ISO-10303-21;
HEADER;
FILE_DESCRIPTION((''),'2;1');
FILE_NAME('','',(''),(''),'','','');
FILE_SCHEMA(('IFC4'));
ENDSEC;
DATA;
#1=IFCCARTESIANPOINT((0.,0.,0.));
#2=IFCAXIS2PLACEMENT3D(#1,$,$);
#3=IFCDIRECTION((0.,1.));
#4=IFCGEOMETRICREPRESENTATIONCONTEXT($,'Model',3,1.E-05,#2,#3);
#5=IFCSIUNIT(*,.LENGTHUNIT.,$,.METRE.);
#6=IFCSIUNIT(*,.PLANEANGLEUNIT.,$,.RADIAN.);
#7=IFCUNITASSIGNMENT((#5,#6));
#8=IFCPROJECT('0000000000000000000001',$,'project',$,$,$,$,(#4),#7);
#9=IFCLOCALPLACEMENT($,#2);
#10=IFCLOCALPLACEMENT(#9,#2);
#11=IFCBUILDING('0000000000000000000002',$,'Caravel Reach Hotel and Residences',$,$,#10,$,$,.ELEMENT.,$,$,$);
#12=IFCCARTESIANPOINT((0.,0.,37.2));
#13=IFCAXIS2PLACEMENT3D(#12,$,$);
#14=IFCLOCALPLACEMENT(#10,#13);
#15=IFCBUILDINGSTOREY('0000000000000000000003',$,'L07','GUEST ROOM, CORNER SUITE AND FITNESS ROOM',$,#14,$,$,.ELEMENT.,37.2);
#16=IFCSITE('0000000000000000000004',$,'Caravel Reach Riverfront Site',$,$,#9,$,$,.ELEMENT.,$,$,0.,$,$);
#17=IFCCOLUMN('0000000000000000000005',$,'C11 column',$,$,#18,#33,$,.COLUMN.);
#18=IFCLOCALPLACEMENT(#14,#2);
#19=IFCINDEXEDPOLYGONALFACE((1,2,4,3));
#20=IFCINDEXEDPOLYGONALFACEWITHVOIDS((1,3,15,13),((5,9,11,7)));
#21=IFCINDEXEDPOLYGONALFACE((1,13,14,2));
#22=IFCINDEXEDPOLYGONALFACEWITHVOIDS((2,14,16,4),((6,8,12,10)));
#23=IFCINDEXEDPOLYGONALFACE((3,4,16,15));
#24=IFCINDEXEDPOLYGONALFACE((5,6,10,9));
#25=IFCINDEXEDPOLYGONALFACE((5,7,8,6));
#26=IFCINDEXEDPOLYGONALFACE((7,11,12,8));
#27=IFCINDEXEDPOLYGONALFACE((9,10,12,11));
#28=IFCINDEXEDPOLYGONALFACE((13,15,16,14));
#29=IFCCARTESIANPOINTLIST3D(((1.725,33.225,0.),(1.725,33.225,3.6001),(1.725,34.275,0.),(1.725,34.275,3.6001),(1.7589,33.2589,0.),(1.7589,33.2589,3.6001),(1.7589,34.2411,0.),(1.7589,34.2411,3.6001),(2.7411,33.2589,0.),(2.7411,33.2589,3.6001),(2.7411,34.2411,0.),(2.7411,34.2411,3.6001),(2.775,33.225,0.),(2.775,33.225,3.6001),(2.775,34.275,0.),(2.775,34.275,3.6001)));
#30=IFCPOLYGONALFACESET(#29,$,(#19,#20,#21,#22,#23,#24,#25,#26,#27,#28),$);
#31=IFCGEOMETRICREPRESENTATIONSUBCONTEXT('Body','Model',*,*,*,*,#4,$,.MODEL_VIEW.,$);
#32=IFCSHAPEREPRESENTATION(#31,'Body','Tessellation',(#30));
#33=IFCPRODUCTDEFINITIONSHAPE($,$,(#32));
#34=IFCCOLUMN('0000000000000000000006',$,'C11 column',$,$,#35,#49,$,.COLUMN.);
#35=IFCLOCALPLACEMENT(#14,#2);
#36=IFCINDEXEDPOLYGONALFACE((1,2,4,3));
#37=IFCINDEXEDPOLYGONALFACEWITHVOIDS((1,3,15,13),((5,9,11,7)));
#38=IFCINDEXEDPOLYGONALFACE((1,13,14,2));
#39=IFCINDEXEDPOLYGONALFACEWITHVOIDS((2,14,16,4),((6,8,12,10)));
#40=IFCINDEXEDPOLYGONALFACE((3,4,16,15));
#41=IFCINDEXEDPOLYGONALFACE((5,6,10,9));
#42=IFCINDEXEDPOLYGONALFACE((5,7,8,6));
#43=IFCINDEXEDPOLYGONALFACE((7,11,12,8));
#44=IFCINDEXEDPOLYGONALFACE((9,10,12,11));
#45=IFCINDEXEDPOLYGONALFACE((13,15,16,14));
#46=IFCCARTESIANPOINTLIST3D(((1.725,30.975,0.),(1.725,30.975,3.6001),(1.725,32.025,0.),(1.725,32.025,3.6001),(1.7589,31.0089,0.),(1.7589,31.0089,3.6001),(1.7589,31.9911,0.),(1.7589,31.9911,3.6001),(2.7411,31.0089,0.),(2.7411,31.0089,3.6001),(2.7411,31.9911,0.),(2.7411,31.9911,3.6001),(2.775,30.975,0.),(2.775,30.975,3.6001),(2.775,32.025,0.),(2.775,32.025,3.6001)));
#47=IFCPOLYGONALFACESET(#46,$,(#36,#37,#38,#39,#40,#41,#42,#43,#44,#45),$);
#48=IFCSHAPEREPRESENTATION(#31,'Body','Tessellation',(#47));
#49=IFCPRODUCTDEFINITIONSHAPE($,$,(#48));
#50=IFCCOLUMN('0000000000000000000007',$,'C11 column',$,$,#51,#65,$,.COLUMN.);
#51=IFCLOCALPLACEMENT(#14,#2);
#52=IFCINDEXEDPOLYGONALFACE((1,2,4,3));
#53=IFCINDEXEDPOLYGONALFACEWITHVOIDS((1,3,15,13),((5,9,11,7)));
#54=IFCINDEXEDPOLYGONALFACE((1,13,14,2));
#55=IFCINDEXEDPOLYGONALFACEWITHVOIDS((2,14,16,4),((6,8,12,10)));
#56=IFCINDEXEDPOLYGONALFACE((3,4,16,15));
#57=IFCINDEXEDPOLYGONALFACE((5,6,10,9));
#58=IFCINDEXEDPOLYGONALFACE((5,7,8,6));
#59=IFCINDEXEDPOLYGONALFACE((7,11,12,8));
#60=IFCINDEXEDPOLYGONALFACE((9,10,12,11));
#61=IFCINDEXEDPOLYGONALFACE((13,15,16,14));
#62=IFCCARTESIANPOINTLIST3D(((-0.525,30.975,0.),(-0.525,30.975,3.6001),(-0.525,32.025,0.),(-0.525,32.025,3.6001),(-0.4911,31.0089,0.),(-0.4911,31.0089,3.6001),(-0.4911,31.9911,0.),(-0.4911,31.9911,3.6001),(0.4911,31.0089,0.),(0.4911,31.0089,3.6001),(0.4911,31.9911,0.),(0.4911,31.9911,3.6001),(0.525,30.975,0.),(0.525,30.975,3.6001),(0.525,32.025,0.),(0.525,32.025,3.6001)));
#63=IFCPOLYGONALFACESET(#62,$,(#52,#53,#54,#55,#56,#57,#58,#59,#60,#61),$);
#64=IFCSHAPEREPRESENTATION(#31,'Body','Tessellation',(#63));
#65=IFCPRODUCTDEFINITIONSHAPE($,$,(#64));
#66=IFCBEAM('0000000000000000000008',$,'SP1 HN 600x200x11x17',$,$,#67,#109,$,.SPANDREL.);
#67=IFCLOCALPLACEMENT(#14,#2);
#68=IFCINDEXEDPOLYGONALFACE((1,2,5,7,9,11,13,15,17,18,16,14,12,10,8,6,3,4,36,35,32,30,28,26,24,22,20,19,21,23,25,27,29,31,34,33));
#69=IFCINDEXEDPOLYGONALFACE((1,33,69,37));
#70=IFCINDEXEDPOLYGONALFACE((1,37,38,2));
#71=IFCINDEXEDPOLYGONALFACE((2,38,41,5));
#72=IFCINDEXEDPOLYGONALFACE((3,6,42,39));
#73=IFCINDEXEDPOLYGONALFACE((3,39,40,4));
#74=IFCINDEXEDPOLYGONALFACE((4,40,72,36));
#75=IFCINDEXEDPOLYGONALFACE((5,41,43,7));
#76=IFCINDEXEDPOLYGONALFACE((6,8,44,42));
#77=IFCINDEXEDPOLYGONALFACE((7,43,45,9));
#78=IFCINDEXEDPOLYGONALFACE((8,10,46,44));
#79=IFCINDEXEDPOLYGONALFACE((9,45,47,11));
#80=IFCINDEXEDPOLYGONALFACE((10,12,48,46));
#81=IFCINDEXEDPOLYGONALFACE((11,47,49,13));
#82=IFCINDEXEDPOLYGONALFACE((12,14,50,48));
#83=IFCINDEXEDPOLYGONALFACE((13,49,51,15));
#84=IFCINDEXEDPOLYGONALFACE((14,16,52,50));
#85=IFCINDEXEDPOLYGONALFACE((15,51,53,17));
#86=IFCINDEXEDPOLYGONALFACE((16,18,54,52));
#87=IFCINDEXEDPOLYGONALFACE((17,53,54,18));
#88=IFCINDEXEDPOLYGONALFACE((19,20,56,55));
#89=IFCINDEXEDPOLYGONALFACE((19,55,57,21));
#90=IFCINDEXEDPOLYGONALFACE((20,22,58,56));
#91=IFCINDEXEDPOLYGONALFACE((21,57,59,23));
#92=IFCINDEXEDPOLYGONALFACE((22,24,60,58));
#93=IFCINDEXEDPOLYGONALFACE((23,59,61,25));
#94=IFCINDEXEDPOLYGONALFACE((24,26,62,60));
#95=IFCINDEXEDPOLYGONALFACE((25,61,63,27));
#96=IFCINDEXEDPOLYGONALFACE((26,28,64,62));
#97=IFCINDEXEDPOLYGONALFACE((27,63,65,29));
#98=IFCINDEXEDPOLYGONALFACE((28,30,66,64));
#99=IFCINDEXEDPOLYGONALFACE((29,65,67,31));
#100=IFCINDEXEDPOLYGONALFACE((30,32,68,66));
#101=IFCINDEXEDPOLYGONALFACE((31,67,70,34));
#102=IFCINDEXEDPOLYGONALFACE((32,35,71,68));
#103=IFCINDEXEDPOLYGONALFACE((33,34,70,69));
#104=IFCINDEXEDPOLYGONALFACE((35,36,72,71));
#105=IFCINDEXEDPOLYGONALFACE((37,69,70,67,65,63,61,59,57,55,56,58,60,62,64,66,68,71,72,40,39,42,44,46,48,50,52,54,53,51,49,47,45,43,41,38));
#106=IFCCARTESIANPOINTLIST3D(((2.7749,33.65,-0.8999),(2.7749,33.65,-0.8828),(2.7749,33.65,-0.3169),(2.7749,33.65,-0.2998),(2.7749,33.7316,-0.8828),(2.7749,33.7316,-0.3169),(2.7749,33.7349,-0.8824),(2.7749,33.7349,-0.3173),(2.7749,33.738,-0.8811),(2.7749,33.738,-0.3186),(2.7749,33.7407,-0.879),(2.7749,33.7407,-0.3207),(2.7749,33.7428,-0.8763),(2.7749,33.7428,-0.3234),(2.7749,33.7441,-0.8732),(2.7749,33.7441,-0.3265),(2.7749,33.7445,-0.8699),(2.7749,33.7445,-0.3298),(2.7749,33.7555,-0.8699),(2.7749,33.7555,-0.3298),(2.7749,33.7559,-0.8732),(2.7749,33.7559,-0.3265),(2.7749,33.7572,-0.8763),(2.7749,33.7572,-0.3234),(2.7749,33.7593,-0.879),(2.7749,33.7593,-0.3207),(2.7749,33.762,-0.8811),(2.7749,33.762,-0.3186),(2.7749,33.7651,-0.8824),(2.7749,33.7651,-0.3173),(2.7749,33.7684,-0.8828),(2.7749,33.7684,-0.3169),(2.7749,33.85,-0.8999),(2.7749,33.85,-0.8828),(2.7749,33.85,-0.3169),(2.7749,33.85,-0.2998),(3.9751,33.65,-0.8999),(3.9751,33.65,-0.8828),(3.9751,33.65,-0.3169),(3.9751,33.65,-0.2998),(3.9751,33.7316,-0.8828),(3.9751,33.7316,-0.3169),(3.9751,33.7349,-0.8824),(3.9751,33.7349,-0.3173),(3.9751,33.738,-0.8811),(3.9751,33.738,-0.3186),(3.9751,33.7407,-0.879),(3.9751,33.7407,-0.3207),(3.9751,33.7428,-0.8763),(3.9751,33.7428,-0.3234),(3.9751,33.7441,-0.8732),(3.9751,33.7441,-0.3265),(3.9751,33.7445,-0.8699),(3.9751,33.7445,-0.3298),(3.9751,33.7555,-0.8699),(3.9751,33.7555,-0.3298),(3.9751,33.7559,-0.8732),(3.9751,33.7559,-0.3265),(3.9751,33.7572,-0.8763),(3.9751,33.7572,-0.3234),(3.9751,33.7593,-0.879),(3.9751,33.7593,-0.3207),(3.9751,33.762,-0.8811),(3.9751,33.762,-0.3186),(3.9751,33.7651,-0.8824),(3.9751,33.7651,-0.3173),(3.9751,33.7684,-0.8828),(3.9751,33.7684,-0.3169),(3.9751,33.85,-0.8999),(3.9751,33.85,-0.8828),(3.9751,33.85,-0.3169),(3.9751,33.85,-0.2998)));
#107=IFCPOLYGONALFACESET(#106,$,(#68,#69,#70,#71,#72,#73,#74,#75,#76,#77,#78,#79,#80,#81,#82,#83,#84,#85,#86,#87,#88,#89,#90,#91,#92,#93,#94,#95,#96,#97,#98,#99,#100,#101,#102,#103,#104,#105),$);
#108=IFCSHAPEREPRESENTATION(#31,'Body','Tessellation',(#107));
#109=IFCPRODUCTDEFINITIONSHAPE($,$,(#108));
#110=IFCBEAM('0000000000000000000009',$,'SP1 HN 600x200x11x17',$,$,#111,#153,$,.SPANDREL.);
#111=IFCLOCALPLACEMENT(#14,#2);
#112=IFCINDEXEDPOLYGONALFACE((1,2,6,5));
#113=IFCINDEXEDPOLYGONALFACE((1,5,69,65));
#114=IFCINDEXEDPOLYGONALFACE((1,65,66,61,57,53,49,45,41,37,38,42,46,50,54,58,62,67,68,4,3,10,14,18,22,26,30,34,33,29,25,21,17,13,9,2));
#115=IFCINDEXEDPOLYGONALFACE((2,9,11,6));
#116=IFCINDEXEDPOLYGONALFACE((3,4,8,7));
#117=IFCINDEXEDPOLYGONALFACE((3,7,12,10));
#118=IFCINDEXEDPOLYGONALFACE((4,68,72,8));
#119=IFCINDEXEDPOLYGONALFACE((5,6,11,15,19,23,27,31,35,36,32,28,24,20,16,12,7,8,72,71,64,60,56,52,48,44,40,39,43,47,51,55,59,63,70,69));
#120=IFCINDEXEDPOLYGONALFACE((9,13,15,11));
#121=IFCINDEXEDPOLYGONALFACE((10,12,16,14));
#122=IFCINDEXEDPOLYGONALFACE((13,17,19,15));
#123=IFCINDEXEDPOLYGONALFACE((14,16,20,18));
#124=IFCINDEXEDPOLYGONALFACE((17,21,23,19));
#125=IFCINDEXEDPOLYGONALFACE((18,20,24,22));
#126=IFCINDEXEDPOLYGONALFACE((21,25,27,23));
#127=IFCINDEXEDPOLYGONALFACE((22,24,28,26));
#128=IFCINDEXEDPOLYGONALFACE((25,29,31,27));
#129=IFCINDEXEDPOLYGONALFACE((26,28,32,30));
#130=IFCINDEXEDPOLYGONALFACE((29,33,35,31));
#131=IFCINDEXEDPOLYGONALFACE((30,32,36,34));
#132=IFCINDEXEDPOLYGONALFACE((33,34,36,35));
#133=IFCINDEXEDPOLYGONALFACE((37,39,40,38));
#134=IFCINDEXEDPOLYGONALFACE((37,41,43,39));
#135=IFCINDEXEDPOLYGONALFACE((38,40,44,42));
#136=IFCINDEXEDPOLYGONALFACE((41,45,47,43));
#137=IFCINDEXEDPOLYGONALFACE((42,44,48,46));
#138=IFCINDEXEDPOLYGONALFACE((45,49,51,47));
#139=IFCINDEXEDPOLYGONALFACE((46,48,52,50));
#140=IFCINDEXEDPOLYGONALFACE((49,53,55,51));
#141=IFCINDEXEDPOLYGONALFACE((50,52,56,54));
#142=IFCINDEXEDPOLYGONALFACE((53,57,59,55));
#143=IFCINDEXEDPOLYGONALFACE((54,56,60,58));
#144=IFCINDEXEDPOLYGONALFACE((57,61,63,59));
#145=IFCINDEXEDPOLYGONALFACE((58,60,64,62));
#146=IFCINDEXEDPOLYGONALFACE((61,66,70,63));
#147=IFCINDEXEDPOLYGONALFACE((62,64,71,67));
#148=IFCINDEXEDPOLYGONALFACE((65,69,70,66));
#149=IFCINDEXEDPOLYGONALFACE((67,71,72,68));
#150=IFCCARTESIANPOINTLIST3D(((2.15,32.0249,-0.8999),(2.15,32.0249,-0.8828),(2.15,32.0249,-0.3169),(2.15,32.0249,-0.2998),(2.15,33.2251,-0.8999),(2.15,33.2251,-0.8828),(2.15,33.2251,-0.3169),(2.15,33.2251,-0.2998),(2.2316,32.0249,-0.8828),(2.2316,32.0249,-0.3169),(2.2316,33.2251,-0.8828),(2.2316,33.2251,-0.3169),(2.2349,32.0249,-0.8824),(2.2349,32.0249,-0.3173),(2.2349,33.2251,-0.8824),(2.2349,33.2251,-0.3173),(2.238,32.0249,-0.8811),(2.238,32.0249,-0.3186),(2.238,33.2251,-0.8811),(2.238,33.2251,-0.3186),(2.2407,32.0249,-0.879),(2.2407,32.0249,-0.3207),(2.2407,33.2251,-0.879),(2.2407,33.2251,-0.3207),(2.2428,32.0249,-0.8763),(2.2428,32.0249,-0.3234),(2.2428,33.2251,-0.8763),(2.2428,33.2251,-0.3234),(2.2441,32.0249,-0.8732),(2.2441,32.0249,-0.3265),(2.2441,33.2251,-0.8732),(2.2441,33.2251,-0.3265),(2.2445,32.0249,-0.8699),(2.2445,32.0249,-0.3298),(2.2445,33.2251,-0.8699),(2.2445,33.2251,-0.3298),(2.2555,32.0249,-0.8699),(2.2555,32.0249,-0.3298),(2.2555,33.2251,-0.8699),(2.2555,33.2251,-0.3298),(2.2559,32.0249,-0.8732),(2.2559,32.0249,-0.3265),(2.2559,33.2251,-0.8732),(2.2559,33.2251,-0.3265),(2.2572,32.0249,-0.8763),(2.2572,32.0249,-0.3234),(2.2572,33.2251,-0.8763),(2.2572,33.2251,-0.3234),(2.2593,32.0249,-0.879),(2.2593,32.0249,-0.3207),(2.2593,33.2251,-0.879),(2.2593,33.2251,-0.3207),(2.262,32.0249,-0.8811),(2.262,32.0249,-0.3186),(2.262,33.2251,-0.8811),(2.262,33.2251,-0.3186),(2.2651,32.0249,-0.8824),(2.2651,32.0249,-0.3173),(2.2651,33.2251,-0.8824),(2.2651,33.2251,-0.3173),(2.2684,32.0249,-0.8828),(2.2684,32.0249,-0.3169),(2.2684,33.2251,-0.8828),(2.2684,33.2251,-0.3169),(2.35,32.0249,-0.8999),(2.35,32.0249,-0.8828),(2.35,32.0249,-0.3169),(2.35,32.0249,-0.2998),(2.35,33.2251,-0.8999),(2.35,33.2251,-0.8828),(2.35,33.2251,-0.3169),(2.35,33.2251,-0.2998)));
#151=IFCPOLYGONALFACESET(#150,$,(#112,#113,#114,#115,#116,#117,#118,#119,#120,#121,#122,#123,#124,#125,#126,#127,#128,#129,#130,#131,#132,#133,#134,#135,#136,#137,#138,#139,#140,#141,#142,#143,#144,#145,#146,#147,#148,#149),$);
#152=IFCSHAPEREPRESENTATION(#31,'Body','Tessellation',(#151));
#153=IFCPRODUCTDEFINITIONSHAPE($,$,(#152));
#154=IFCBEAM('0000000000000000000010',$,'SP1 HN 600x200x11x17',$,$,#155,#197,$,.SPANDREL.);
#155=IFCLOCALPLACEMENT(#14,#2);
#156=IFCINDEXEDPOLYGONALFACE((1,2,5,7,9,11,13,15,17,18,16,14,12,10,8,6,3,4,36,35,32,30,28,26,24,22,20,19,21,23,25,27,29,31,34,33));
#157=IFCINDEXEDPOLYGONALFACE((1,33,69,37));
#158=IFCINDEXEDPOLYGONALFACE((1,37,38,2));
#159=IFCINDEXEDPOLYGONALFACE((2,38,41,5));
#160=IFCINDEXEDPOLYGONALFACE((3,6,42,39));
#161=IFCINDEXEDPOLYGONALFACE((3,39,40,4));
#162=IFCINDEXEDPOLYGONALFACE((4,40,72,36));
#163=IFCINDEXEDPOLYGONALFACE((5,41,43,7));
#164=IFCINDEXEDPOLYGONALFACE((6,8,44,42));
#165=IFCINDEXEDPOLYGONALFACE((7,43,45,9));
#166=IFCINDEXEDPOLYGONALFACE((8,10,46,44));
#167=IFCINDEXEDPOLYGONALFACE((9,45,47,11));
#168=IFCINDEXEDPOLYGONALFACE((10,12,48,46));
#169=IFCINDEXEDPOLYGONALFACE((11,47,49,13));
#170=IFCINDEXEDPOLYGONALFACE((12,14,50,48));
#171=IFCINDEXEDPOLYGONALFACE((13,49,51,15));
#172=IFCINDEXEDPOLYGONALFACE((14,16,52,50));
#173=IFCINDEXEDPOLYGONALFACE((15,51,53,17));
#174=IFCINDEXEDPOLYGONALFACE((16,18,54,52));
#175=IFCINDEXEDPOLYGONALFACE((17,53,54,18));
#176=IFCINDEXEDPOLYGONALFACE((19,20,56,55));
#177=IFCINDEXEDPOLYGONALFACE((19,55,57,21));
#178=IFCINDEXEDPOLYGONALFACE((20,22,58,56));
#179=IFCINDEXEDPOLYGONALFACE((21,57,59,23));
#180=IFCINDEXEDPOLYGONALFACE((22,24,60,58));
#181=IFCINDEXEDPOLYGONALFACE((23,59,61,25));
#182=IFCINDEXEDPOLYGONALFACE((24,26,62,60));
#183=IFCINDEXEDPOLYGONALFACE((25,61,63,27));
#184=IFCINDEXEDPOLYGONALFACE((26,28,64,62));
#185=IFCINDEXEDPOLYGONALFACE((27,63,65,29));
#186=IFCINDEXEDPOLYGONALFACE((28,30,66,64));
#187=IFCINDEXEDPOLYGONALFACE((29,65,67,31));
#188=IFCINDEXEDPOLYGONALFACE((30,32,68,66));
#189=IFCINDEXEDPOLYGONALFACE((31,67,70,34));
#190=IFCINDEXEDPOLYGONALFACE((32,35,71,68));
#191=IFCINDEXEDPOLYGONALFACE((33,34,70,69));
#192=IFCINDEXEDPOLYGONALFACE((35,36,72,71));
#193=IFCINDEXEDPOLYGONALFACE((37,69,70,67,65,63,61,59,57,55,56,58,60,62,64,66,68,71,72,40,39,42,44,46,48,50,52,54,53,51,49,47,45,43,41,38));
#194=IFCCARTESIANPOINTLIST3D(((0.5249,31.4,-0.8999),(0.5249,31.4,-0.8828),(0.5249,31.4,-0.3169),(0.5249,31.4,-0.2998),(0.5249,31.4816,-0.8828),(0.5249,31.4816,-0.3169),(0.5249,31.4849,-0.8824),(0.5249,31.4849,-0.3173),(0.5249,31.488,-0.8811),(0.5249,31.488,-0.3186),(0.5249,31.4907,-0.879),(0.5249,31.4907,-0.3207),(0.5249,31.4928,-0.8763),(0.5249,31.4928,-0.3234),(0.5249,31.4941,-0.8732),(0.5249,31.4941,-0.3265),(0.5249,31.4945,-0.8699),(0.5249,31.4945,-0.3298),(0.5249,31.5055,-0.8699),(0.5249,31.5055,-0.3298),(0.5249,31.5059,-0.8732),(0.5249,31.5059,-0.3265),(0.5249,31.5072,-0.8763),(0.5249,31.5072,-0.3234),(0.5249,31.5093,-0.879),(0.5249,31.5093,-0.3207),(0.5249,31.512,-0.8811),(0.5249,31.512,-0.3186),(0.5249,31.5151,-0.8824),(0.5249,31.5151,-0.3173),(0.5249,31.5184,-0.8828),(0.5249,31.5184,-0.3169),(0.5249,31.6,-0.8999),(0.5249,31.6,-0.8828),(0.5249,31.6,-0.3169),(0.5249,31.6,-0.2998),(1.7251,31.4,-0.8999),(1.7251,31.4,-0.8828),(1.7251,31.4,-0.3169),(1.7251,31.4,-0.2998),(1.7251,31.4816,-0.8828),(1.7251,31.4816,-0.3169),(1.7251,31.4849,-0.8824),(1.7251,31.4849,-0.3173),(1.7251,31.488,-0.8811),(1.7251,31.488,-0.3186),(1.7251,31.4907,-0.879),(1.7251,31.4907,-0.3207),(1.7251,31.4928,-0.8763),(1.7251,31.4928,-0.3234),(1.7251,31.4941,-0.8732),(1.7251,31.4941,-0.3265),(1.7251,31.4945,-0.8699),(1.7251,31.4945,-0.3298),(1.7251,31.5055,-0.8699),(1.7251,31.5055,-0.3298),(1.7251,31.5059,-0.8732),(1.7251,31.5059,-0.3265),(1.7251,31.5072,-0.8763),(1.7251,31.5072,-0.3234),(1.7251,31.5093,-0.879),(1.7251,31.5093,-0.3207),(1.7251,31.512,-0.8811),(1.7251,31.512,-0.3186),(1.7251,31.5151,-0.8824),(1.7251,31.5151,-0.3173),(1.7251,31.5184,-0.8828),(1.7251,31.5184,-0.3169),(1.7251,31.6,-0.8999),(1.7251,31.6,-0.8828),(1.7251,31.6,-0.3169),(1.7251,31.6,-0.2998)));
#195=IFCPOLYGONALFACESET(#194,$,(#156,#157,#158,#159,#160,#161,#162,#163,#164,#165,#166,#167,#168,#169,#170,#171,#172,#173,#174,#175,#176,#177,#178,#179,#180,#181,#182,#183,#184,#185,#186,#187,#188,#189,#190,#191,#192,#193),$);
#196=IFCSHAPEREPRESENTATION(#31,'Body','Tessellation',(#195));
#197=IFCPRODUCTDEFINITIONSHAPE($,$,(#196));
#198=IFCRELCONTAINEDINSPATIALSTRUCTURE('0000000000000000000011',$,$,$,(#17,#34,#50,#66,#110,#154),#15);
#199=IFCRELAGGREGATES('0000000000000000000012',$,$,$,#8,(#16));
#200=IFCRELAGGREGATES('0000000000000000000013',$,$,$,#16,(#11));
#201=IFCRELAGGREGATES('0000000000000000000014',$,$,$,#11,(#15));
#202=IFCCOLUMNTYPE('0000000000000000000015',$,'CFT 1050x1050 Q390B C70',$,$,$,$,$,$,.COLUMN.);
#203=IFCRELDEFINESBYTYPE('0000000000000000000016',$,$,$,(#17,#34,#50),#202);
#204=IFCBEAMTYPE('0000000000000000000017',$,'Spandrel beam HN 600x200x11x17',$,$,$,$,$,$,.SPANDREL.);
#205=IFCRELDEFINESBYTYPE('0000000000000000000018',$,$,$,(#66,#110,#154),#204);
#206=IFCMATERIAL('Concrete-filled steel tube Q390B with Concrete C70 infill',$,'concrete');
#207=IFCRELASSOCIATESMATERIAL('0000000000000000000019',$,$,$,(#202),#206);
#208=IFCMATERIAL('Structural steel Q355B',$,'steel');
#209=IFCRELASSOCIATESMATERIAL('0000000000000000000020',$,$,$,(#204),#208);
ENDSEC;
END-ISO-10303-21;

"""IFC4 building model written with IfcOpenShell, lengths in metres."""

from ifc_helpers import new_model, si_unit, direction, frame, origin, origin_2d, place, context, subcontext, project, spatial, hollow_rectangle, i_section, extrude, material, material_profile, profile_set, type_object, element, save


model = new_model("IFC4")

# Units and contexts
model_context = context("Model", 3, precision=1e-05, world=origin(), true_north=direction((0.0, 1.0)))
body_context = subcontext(model_context, "Body", "Model", "MODEL_VIEW")
ifc_project = project(units=[si_unit("LENGTHUNIT", "METRE"), si_unit("PLANEANGLEUNIT", "RADIAN")], contexts=[model_context])

# Site, building, storey
site_placement = place(None, origin())
site = spatial("IfcSite", under=ifc_project, at=site_placement, Name="Caravel Reach Riverfront Site", CompositionType="ELEMENT", RefElevation=0.0)
building_placement = place(site_placement, origin())
building = spatial("IfcBuilding", under=site, at=building_placement, Name="Caravel Reach Hotel and Residences", CompositionType="ELEMENT")
storey_placement = place(building_placement, frame((0.0, 0.0, 37.2)))
storey = spatial("IfcBuildingStorey", under=building, at=storey_placement, Name="L07", Description="GUEST ROOM, CORNER SUITE AND FITNESS ROOM", CompositionType="ELEMENT", Elevation=37.2)

# Columns
ifc_material_1 = material(Name="Concrete-filled steel tube Q390B with Concrete C70 infill", Category="concrete")
ifc_material_profile_1 = material_profile(ifc_material_1, hollow_rectangle(XDim=1.05, YDim=1.05, WallThickness=0.0339, at=origin_2d()), Name="RHS 1050x1050x34")
ifc_profile_set_1 = profile_set([ifc_material_profile_1], Name="Concrete-filled steel tube Q390B with Concrete C70 infill")
column_type = type_object("IfcColumnType", Name="CFT 1050x1050 Q390B C70", PredefinedType="COLUMN", material=ifc_profile_set_1)
for number, where, z_axis, x_axis, name in (
    (1, (2.25, 33.75, 0.0), (0.0, 0.0, 1.0), (1.0, 0.0, 0.0), "C11 column"),
    (2, (2.25, 31.5, 0.0), (0.0, 0.0, 1.0), (1.0, 0.0, 0.0), "C11 column"),
    (3, (0.0, 31.5, 0.0), (0.0, 0.0, 1.0), (1.0, 0.0, 0.0), "C11 column"),
):
    element("IfcColumn", number, at=place(storey_placement, frame(where, z_axis=z_axis, x_axis=x_axis)), inside=storey, type_object=column_type, Name=name, PredefinedType="COLUMN", context=body_context, shape_type="SweptSolid", body=[
        extrude(hollow_rectangle(XDim=1.05, YDim=1.05, WallThickness=0.0339, at=origin_2d()), origin(), (0.0, 0.0, 1.0), 3.6001),
    ])

# Beams
ifc_material_2 = material(Name="Structural steel Q355B", Category="steel")
ifc_material_profile_2 = material_profile(ifc_material_2, i_section(OverallWidth=0.2, OverallDepth=0.6001, WebThickness=0.011, FlangeThickness=0.0171, FilletRadius=0.0129, at=origin_2d()), Name="HN 600x200x11x17")
ifc_profile_set_2 = profile_set([ifc_material_profile_2], Name="Structural steel Q355B")
beam_type = type_object("IfcBeamType", Name="Spandrel beam HN 600x200x11x17", PredefinedType="SPANDREL", material=ifc_profile_set_2)
for number, where, z_axis, x_axis, name in (
    (4, (3.9751, 33.75, -0.5999), (-1.0, 0.0, 0.0), (0.0, -1.0, 0.0), "SP1 HN 600x200x11x17"),
    (5, (2.25, 33.2251, -0.5999), (0.0, -1.0, 0.0), (1.0, 0.0, 0.0), "SP1 HN 600x200x11x17"),
    (6, (1.7251, 31.5, -0.5999), (-1.0, 0.0, 0.0), (0.0, -1.0, 0.0), "SP1 HN 600x200x11x17"),
):
    element("IfcBeam", number, at=place(storey_placement, frame(where, z_axis=z_axis, x_axis=x_axis)), inside=storey, type_object=beam_type, Name=name, PredefinedType="SPANDREL", context=body_context, shape_type="SweptSolid", body=[
        extrude(i_section(OverallWidth=0.2, OverallDepth=0.6001, WebThickness=0.011, FlangeThickness=0.0171, FilletRadius=0.0129, at=origin_2d()), origin(), (0.0, 0.0, 1.0), 1.2002),
    ])

save(model, "model.ifc")
